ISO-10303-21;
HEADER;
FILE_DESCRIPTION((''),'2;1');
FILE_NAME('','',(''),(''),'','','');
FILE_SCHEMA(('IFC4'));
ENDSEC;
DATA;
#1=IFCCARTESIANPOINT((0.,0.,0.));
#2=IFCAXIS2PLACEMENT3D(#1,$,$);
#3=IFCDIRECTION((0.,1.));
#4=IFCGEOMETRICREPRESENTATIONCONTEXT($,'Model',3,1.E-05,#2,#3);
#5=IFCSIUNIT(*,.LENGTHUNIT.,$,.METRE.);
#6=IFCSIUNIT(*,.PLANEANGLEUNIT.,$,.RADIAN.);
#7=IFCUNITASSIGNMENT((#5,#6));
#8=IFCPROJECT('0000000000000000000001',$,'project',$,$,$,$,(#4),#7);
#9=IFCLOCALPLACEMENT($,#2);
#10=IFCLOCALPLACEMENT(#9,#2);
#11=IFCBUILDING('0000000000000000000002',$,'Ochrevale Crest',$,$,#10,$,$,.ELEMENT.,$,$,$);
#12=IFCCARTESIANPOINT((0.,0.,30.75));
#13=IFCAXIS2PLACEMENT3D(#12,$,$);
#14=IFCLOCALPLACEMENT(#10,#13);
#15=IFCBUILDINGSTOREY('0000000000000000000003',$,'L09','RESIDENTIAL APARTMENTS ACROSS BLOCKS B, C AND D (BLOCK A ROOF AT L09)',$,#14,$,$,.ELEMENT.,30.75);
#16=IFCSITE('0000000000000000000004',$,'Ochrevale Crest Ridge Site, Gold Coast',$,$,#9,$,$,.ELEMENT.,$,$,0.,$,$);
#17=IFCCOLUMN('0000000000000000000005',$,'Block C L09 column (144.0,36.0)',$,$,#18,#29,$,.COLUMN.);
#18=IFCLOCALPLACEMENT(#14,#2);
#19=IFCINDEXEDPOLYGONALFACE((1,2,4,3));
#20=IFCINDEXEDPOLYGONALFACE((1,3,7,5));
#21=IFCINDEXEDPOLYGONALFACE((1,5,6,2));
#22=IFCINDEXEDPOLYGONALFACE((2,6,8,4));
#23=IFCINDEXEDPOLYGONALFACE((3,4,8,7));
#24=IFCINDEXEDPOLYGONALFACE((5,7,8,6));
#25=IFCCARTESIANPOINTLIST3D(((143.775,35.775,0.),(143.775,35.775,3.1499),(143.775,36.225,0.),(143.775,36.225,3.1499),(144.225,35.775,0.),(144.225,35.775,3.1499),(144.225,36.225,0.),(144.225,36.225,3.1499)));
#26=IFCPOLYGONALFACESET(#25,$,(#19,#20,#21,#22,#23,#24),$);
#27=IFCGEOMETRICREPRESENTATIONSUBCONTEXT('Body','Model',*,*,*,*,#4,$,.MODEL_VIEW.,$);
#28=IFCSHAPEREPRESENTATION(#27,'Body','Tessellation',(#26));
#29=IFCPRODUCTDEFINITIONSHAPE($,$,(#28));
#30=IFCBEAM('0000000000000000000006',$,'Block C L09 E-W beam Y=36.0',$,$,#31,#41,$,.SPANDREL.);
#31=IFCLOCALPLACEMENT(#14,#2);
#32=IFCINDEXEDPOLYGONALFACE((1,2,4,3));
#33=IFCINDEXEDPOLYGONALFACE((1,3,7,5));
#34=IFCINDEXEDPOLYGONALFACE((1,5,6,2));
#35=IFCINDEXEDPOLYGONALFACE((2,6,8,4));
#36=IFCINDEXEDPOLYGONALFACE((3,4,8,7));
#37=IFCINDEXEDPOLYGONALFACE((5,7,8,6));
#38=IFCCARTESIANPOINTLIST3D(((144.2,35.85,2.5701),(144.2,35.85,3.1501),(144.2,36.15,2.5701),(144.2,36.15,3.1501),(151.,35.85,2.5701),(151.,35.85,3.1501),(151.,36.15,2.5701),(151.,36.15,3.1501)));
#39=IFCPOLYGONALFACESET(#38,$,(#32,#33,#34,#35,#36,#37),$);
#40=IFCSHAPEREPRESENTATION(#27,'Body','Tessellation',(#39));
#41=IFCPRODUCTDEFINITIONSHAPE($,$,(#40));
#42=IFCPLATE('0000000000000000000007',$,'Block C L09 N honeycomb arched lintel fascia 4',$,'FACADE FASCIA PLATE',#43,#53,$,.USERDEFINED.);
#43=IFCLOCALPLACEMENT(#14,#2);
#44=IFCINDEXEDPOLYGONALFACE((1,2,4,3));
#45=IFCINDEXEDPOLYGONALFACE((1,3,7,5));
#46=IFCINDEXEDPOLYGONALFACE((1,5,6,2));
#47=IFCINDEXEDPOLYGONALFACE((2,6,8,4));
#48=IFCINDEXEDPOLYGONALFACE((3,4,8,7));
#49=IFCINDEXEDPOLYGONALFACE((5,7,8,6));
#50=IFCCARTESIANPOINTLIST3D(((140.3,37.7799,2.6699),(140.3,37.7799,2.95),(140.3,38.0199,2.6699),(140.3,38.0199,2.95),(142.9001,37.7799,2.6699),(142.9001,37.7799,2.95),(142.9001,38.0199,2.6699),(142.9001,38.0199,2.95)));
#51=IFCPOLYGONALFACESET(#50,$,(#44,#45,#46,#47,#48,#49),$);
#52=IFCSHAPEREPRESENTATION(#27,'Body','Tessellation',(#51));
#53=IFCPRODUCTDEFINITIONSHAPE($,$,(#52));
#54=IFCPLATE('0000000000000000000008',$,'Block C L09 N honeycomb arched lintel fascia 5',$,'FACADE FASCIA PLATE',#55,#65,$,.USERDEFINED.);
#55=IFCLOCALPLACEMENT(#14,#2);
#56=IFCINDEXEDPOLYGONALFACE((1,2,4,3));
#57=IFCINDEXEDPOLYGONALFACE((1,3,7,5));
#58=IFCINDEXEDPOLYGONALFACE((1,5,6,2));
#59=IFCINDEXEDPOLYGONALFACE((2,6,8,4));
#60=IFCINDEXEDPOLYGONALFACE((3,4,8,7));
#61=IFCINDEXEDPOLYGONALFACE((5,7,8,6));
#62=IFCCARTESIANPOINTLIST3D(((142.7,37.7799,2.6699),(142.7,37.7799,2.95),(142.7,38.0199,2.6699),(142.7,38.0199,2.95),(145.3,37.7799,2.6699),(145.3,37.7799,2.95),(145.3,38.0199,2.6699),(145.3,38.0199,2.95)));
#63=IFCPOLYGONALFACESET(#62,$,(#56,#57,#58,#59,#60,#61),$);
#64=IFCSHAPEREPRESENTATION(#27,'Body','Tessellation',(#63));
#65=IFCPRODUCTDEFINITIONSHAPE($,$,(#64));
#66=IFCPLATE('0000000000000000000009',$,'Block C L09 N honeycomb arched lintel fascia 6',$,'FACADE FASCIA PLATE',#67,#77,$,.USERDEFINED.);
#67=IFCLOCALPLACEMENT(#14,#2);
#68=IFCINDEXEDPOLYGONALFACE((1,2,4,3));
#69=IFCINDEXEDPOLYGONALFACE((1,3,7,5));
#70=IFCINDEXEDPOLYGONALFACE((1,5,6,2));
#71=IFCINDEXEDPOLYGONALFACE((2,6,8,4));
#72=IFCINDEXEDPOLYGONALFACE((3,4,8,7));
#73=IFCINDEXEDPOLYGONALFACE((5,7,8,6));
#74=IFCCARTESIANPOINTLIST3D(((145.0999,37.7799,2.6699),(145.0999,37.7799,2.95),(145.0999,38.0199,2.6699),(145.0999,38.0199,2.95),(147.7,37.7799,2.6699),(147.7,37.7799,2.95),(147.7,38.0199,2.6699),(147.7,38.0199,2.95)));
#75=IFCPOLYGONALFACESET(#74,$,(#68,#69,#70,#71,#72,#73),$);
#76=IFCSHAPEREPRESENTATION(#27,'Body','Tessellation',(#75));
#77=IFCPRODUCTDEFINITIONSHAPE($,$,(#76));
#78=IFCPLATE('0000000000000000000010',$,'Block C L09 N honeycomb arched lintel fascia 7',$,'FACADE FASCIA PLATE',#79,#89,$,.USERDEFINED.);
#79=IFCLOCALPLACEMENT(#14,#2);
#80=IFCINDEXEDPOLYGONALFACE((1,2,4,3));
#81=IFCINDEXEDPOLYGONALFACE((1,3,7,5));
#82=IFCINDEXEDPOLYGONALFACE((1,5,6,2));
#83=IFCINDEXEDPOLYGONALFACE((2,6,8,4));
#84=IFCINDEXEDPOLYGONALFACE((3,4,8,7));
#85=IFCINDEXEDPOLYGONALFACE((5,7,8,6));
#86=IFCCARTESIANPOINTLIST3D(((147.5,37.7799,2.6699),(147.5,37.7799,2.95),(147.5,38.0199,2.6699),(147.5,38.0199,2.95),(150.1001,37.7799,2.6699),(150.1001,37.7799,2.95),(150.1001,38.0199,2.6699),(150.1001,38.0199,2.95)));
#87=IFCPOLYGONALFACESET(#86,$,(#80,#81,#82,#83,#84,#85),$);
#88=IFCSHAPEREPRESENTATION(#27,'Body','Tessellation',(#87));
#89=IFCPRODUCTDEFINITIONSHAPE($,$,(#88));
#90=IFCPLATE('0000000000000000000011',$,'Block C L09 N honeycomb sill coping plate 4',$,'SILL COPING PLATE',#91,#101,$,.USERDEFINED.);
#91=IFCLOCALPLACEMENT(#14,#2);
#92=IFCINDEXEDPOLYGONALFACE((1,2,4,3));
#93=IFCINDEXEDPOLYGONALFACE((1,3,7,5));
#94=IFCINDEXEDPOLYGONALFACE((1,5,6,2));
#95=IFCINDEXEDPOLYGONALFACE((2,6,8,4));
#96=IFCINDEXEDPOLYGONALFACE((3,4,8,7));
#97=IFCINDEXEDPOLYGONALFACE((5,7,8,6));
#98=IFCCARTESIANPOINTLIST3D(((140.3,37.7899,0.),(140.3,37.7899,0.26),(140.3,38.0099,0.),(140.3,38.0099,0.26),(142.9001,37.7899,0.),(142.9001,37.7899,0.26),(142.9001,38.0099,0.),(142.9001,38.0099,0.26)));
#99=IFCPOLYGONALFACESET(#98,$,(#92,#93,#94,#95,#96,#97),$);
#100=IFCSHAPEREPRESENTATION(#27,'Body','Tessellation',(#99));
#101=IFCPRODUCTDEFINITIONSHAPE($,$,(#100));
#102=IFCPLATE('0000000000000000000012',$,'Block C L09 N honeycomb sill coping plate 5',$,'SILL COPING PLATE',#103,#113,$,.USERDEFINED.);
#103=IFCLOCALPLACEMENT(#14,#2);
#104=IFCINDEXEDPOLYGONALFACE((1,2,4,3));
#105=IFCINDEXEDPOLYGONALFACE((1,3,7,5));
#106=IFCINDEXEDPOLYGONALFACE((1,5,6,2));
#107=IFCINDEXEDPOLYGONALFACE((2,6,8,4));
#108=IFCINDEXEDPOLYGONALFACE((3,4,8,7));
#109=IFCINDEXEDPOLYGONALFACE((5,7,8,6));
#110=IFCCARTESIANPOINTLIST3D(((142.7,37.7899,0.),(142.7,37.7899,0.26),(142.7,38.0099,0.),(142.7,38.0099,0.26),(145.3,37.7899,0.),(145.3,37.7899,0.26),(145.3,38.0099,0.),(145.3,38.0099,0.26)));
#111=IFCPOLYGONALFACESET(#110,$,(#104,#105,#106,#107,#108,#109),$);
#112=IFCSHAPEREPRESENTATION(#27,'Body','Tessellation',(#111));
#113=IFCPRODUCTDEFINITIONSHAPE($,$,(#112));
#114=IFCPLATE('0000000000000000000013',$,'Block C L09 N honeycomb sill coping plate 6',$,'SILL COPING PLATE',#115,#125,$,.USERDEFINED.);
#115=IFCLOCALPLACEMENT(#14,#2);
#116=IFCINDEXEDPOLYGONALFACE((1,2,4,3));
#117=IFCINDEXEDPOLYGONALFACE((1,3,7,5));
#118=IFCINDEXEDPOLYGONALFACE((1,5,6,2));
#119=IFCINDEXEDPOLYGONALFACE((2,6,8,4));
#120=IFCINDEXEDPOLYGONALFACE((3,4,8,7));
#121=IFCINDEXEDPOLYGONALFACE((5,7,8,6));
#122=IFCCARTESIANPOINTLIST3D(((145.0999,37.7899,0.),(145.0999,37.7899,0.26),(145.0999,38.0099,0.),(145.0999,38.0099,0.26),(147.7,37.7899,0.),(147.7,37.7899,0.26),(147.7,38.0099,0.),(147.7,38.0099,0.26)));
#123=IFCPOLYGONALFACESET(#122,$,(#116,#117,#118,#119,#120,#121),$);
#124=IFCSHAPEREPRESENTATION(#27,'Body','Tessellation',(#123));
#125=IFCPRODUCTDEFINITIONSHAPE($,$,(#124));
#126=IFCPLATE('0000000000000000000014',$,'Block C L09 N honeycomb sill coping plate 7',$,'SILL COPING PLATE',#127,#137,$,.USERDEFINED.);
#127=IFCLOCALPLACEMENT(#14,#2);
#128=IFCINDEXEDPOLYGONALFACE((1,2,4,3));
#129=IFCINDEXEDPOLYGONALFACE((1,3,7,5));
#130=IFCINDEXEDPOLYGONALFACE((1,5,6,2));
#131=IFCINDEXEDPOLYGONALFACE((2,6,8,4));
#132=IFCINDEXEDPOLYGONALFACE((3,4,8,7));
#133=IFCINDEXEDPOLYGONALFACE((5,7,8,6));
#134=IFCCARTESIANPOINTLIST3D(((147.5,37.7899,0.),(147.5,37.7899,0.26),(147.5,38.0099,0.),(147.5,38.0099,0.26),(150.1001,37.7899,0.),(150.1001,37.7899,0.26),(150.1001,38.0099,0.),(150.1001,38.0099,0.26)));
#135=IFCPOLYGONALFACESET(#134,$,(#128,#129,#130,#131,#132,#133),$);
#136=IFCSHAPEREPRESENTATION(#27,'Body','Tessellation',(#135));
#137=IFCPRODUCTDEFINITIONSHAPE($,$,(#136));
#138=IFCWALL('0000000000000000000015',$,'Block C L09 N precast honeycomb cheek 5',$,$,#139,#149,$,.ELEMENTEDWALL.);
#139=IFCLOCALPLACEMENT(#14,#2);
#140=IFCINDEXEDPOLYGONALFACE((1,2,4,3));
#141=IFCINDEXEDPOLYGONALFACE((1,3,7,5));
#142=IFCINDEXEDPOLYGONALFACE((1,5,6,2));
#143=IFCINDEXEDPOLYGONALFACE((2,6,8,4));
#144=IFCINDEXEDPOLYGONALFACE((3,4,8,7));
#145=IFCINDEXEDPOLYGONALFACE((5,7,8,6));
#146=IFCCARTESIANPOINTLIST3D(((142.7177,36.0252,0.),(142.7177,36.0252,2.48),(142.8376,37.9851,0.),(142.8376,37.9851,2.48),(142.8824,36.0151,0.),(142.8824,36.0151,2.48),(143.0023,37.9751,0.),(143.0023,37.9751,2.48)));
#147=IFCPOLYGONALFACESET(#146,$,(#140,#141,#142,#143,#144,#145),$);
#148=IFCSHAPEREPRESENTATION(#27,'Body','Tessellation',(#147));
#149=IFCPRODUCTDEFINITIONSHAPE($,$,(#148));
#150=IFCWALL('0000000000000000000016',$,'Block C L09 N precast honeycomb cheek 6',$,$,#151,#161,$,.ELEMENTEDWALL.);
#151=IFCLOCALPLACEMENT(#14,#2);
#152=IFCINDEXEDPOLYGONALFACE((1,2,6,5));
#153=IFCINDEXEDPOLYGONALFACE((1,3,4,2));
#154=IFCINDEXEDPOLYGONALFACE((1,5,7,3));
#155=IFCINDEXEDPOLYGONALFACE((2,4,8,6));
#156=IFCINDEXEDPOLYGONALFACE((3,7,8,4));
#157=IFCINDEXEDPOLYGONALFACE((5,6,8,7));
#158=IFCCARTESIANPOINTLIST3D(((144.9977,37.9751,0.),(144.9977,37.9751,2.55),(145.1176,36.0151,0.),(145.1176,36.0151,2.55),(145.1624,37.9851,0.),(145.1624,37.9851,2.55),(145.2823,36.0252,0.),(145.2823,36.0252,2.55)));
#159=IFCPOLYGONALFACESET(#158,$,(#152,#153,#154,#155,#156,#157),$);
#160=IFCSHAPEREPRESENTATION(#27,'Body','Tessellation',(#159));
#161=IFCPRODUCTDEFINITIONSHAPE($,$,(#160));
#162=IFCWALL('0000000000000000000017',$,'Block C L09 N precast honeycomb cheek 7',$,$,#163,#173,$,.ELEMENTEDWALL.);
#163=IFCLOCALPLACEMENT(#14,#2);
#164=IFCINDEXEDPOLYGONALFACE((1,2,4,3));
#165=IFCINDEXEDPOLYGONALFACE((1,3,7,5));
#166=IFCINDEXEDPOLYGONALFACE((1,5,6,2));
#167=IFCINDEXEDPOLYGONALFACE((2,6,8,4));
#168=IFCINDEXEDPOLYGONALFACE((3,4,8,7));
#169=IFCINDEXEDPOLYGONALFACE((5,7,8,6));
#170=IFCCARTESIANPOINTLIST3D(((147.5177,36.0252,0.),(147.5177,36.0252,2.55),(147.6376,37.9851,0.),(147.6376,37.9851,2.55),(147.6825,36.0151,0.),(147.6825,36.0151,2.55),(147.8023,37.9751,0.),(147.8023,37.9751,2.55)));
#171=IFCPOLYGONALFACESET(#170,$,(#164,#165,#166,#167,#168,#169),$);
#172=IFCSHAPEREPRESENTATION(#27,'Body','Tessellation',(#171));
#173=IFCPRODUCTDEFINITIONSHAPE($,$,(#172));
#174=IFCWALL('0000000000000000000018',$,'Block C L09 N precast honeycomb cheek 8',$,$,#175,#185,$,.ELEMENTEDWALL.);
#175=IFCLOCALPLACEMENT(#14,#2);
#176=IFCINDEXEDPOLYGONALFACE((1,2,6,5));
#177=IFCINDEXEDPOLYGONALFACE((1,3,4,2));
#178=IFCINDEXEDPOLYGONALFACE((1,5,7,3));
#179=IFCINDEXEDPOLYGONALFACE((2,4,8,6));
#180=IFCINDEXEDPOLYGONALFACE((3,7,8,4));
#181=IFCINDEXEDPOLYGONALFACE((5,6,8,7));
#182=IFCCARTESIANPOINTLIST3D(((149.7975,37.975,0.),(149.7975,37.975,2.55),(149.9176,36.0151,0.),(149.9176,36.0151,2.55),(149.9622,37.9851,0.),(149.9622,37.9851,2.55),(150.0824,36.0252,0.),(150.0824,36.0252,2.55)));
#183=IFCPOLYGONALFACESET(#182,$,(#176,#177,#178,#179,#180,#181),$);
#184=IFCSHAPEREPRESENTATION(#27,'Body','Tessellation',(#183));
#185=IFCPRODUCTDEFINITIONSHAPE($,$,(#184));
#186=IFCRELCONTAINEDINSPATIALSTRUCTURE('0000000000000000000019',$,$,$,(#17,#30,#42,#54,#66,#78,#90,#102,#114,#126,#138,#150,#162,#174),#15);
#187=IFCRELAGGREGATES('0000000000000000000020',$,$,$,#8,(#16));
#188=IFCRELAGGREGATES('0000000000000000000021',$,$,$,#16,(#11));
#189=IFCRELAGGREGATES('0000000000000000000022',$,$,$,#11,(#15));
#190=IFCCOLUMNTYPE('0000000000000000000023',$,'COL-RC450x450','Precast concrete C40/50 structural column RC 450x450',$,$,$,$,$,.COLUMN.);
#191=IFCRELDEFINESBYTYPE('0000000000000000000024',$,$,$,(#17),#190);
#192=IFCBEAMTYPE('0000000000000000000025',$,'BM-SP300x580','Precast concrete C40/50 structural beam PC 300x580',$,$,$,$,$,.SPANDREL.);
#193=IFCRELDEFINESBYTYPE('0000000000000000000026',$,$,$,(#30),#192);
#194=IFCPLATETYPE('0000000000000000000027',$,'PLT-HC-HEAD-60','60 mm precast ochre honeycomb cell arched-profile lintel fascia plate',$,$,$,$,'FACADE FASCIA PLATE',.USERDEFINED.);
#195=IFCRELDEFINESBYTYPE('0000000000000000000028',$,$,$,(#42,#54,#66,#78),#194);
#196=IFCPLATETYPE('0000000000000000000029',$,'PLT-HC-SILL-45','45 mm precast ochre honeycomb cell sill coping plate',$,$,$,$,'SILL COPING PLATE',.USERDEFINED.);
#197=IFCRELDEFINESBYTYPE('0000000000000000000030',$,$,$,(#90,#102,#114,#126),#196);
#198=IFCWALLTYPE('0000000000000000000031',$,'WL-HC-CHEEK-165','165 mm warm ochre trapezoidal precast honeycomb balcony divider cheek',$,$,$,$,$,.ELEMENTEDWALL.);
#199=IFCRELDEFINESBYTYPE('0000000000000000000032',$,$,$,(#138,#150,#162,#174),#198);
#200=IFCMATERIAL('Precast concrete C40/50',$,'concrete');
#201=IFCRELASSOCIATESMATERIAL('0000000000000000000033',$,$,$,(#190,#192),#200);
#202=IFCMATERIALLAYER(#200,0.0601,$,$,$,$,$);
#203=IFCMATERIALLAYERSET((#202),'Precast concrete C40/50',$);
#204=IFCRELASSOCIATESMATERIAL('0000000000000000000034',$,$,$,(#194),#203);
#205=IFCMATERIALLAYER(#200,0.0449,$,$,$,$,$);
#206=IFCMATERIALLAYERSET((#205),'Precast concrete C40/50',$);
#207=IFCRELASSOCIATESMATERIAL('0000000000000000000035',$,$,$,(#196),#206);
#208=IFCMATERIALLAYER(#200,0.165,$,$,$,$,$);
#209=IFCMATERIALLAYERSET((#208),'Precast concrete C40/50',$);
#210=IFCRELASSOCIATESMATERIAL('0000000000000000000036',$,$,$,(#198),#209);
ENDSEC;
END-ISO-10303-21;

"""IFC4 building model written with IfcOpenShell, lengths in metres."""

from ifc_helpers import new_model, si_unit, direction, frame, frame_2d, origin, origin_2d, place, context, subcontext, project, spatial, rectangle, extrude, material, layer, layer_set, material_profile, profile_set, type_object, element, save


model = new_model("IFC4")

# Units and contexts
model_context = context("Model", 3, precision=1e-05, world=origin(), true_north=direction((0.0, 1.0)))
body_context = subcontext(model_context, "Body", "Model", "MODEL_VIEW")
ifc_project = project(units=[si_unit("LENGTHUNIT", "METRE"), si_unit("PLANEANGLEUNIT", "RADIAN")], contexts=[model_context])

# Site, building, storey
site_placement = place(None, origin())
site = spatial("IfcSite", under=ifc_project, at=site_placement, Name="Ochrevale Crest Ridge Site, Gold Coast", CompositionType="ELEMENT", RefElevation=0.0)
building_placement = place(site_placement, origin())
building = spatial("IfcBuilding", under=site, at=building_placement, Name="Ochrevale Crest", CompositionType="ELEMENT")
storey_placement = place(building_placement, frame((0.0, 0.0, 30.75)))
storey = spatial("IfcBuildingStorey", under=building, at=storey_placement, Name="L09", Description="RESIDENTIAL APARTMENTS ACROSS BLOCKS B, C AND D (BLOCK A ROOF AT L09)", CompositionType="ELEMENT", Elevation=30.75)

# Column
ifc_material_1 = material(Name="Precast concrete C40/50", Category="concrete")
ifc_material_profile_1 = material_profile(ifc_material_1, rectangle(XDim=0.45, YDim=0.45, at=origin_2d()), Name="RC 450x450")
ifc_profile_set_1 = profile_set([ifc_material_profile_1], Name="Precast concrete C40/50")
column_type = type_object("IfcColumnType", Name="COL-RC450x450", Description="Precast concrete C40/50 structural column RC 450x450", PredefinedType="COLUMN", material=ifc_profile_set_1)
column_placement = place(storey_placement, frame((144.0, 36.0, 0.0), z_axis=(0.0, 0.0, 1.0), x_axis=(1.0, 0.0, 0.0)))
element("IfcColumn", 1, at=column_placement, inside=storey, type_object=column_type, Name="Block C L09 column (144.0,36.0)", PredefinedType="COLUMN", context=body_context, shape_type="SweptSolid", body=[
    extrude(rectangle(XDim=0.45, YDim=0.45, at=origin_2d()), origin(), (0.0, 0.0, 1.0), 3.1499),
])

# Beam
ifc_material_profile_2 = material_profile(ifc_material_1, rectangle(XDim=0.3, YDim=0.5801, at=origin_2d()), Name="PC 300x580")
ifc_profile_set_2 = profile_set([ifc_material_profile_2], Name="Precast concrete C40/50")
beam_type = type_object("IfcBeamType", Name="BM-SP300x580", Description="Precast concrete C40/50 structural beam PC 300x580", PredefinedType="SPANDREL", material=ifc_profile_set_2)
beam_placement = place(storey_placement, frame((144.2, 36.0, 2.8601), z_axis=(1.0, 0.0, 0.0), x_axis=(0.0, 1.0, 0.0)))
element("IfcBeam", 2, at=beam_placement, inside=storey, type_object=beam_type, Name="Block C L09 E-W beam Y=36.0", PredefinedType="SPANDREL", context=body_context, shape_type="SweptSolid", body=[
    extrude(rectangle(XDim=0.3, YDim=0.5801, at=origin_2d()), origin(), (0.0, 0.0, 1.0), 6.8),
])

# Plates
ifc_layer_1 = layer(ifc_material_1, 0.0601)
ifc_layer_set_1 = layer_set([ifc_layer_1], Name="Precast concrete C40/50")
plate_type_1 = type_object("IfcPlateType", Name="PLT-HC-HEAD-60", Description="60 mm precast ochre honeycomb cell arched-profile lintel fascia plate", ElementType="FACADE FASCIA PLATE", PredefinedType="USERDEFINED", material=ifc_layer_set_1)
for number, where, z_axis, x_axis, name in (
    (3, (141.6001, 37.8999, 2.6699), (0.0, 0.0, 1.0), (1.0, 0.0, 0.0), "Block C L09 N honeycomb arched lintel fascia 4"),
    (4, (144.0, 37.8999, 2.6699), (0.0, 0.0, 1.0), (1.0, 0.0, 0.0), "Block C L09 N honeycomb arched lintel fascia 5"),
    (5, (146.3999, 37.8999, 2.6699), (0.0, 0.0, 1.0), (1.0, 0.0, 0.0), "Block C L09 N honeycomb arched lintel fascia 6"),
    (6, (148.8, 37.8999, 2.6699), (0.0, 0.0, 1.0), (1.0, 0.0, 0.0), "Block C L09 N honeycomb arched lintel fascia 7"),
):
    element("IfcPlate", number, at=place(storey_placement, frame(where, z_axis=z_axis, x_axis=x_axis)), inside=storey, type_object=plate_type_1, Name=name, ObjectType="FACADE FASCIA PLATE", PredefinedType="USERDEFINED", context=body_context, shape_type="SweptSolid", body=[
        extrude(rectangle(XDim=2.6001, YDim=0.24, at=origin_2d()), origin(), (0.0, 0.0, 1.0), 0.28),
    ])
ifc_layer_2 = layer(ifc_material_1, 0.0449)
ifc_layer_set_2 = layer_set([ifc_layer_2], Name="Precast concrete C40/50")
plate_type_2 = type_object("IfcPlateType", Name="PLT-HC-SILL-45", Description="45 mm precast ochre honeycomb cell sill coping plate", ElementType="SILL COPING PLATE", PredefinedType="USERDEFINED", material=ifc_layer_set_2)
for number, where, z_axis, x_axis, name in (
    (7, (141.6001, 37.8999, 0.0), (0.0, 0.0, 1.0), (1.0, 0.0, 0.0), "Block C L09 N honeycomb sill coping plate 4"),
    (8, (144.0, 37.8999, 0.0), (0.0, 0.0, 1.0), (1.0, 0.0, 0.0), "Block C L09 N honeycomb sill coping plate 5"),
    (9, (146.3999, 37.8999, 0.0), (0.0, 0.0, 1.0), (1.0, 0.0, 0.0), "Block C L09 N honeycomb sill coping plate 6"),
    (10, (148.8, 37.8999, 0.0), (0.0, 0.0, 1.0), (1.0, 0.0, 0.0), "Block C L09 N honeycomb sill coping plate 7"),
):
    element("IfcPlate", number, at=place(storey_placement, frame(where, z_axis=z_axis, x_axis=x_axis)), inside=storey, type_object=plate_type_2, Name=name, ObjectType="SILL COPING PLATE", PredefinedType="USERDEFINED", context=body_context, shape_type="SweptSolid", body=[
        extrude(rectangle(XDim=2.6001, YDim=0.22, at=origin_2d()), origin(), (0.0, 0.0, 1.0), 0.26),
    ])

# Walls
ifc_layer_3 = layer(ifc_material_1, 0.165)
ifc_layer_set_3 = layer_set([ifc_layer_3], Name="Precast concrete C40/50")
wall_type_1 = type_object("IfcWallType", Name="WL-HC-CHEEK-165", Description="165 mm warm ochre trapezoidal precast honeycomb balcony divider cheek", PredefinedType="ELEMENTEDWALL", material=ifc_layer_set_3)
wall_1_placement = place(storey_placement, frame((142.8, 36.02, 0.0), z_axis=(0.0, 0.0, 1.0), x_axis=(0.061047, 0.998135, 0.0)))
element("IfcWall", 11, at=wall_1_placement, inside=storey, type_object=wall_type_1, Name="Block C L09 N precast honeycomb cheek 5", PredefinedType="ELEMENTEDWALL", context=body_context, shape_type="SweptSolid", body=[
    extrude(rectangle(XDim=1.9636, YDim=0.165, at=frame_2d((0.9819, 0.0))), origin(), (0.0, 0.0, 1.0), 2.48),
])
for number, where, z_axis, x_axis, name in (
    (12, (145.2, 36.02, 0.0), (0.0, 0.0, 1.0), (-0.061047, 0.998135, 0.0), "Block C L09 N precast honeycomb cheek 6"),
    (13, (147.6001, 36.02, 0.0), (0.0, 0.0, 1.0), (0.061047, 0.998135, 0.0), "Block C L09 N precast honeycomb cheek 7"),
    (14, (150.0, 36.02, 0.0), (0.0, 0.0, 1.0), (-0.061171, 0.998127, 0.0), "Block C L09 N precast honeycomb cheek 8"),
):
    element("IfcWall", number, at=place(storey_placement, frame(where, z_axis=z_axis, x_axis=x_axis)), inside=storey, type_object=wall_type_1, Name=name, PredefinedType="ELEMENTEDWALL", context=body_context, shape_type="SweptSolid", body=[
        extrude(rectangle(XDim=1.9636, YDim=0.165, at=frame_2d((0.9819, 0.0))), origin(), (0.0, 0.0, 1.0), 2.55),
    ])

save(model, "model.ifc")
